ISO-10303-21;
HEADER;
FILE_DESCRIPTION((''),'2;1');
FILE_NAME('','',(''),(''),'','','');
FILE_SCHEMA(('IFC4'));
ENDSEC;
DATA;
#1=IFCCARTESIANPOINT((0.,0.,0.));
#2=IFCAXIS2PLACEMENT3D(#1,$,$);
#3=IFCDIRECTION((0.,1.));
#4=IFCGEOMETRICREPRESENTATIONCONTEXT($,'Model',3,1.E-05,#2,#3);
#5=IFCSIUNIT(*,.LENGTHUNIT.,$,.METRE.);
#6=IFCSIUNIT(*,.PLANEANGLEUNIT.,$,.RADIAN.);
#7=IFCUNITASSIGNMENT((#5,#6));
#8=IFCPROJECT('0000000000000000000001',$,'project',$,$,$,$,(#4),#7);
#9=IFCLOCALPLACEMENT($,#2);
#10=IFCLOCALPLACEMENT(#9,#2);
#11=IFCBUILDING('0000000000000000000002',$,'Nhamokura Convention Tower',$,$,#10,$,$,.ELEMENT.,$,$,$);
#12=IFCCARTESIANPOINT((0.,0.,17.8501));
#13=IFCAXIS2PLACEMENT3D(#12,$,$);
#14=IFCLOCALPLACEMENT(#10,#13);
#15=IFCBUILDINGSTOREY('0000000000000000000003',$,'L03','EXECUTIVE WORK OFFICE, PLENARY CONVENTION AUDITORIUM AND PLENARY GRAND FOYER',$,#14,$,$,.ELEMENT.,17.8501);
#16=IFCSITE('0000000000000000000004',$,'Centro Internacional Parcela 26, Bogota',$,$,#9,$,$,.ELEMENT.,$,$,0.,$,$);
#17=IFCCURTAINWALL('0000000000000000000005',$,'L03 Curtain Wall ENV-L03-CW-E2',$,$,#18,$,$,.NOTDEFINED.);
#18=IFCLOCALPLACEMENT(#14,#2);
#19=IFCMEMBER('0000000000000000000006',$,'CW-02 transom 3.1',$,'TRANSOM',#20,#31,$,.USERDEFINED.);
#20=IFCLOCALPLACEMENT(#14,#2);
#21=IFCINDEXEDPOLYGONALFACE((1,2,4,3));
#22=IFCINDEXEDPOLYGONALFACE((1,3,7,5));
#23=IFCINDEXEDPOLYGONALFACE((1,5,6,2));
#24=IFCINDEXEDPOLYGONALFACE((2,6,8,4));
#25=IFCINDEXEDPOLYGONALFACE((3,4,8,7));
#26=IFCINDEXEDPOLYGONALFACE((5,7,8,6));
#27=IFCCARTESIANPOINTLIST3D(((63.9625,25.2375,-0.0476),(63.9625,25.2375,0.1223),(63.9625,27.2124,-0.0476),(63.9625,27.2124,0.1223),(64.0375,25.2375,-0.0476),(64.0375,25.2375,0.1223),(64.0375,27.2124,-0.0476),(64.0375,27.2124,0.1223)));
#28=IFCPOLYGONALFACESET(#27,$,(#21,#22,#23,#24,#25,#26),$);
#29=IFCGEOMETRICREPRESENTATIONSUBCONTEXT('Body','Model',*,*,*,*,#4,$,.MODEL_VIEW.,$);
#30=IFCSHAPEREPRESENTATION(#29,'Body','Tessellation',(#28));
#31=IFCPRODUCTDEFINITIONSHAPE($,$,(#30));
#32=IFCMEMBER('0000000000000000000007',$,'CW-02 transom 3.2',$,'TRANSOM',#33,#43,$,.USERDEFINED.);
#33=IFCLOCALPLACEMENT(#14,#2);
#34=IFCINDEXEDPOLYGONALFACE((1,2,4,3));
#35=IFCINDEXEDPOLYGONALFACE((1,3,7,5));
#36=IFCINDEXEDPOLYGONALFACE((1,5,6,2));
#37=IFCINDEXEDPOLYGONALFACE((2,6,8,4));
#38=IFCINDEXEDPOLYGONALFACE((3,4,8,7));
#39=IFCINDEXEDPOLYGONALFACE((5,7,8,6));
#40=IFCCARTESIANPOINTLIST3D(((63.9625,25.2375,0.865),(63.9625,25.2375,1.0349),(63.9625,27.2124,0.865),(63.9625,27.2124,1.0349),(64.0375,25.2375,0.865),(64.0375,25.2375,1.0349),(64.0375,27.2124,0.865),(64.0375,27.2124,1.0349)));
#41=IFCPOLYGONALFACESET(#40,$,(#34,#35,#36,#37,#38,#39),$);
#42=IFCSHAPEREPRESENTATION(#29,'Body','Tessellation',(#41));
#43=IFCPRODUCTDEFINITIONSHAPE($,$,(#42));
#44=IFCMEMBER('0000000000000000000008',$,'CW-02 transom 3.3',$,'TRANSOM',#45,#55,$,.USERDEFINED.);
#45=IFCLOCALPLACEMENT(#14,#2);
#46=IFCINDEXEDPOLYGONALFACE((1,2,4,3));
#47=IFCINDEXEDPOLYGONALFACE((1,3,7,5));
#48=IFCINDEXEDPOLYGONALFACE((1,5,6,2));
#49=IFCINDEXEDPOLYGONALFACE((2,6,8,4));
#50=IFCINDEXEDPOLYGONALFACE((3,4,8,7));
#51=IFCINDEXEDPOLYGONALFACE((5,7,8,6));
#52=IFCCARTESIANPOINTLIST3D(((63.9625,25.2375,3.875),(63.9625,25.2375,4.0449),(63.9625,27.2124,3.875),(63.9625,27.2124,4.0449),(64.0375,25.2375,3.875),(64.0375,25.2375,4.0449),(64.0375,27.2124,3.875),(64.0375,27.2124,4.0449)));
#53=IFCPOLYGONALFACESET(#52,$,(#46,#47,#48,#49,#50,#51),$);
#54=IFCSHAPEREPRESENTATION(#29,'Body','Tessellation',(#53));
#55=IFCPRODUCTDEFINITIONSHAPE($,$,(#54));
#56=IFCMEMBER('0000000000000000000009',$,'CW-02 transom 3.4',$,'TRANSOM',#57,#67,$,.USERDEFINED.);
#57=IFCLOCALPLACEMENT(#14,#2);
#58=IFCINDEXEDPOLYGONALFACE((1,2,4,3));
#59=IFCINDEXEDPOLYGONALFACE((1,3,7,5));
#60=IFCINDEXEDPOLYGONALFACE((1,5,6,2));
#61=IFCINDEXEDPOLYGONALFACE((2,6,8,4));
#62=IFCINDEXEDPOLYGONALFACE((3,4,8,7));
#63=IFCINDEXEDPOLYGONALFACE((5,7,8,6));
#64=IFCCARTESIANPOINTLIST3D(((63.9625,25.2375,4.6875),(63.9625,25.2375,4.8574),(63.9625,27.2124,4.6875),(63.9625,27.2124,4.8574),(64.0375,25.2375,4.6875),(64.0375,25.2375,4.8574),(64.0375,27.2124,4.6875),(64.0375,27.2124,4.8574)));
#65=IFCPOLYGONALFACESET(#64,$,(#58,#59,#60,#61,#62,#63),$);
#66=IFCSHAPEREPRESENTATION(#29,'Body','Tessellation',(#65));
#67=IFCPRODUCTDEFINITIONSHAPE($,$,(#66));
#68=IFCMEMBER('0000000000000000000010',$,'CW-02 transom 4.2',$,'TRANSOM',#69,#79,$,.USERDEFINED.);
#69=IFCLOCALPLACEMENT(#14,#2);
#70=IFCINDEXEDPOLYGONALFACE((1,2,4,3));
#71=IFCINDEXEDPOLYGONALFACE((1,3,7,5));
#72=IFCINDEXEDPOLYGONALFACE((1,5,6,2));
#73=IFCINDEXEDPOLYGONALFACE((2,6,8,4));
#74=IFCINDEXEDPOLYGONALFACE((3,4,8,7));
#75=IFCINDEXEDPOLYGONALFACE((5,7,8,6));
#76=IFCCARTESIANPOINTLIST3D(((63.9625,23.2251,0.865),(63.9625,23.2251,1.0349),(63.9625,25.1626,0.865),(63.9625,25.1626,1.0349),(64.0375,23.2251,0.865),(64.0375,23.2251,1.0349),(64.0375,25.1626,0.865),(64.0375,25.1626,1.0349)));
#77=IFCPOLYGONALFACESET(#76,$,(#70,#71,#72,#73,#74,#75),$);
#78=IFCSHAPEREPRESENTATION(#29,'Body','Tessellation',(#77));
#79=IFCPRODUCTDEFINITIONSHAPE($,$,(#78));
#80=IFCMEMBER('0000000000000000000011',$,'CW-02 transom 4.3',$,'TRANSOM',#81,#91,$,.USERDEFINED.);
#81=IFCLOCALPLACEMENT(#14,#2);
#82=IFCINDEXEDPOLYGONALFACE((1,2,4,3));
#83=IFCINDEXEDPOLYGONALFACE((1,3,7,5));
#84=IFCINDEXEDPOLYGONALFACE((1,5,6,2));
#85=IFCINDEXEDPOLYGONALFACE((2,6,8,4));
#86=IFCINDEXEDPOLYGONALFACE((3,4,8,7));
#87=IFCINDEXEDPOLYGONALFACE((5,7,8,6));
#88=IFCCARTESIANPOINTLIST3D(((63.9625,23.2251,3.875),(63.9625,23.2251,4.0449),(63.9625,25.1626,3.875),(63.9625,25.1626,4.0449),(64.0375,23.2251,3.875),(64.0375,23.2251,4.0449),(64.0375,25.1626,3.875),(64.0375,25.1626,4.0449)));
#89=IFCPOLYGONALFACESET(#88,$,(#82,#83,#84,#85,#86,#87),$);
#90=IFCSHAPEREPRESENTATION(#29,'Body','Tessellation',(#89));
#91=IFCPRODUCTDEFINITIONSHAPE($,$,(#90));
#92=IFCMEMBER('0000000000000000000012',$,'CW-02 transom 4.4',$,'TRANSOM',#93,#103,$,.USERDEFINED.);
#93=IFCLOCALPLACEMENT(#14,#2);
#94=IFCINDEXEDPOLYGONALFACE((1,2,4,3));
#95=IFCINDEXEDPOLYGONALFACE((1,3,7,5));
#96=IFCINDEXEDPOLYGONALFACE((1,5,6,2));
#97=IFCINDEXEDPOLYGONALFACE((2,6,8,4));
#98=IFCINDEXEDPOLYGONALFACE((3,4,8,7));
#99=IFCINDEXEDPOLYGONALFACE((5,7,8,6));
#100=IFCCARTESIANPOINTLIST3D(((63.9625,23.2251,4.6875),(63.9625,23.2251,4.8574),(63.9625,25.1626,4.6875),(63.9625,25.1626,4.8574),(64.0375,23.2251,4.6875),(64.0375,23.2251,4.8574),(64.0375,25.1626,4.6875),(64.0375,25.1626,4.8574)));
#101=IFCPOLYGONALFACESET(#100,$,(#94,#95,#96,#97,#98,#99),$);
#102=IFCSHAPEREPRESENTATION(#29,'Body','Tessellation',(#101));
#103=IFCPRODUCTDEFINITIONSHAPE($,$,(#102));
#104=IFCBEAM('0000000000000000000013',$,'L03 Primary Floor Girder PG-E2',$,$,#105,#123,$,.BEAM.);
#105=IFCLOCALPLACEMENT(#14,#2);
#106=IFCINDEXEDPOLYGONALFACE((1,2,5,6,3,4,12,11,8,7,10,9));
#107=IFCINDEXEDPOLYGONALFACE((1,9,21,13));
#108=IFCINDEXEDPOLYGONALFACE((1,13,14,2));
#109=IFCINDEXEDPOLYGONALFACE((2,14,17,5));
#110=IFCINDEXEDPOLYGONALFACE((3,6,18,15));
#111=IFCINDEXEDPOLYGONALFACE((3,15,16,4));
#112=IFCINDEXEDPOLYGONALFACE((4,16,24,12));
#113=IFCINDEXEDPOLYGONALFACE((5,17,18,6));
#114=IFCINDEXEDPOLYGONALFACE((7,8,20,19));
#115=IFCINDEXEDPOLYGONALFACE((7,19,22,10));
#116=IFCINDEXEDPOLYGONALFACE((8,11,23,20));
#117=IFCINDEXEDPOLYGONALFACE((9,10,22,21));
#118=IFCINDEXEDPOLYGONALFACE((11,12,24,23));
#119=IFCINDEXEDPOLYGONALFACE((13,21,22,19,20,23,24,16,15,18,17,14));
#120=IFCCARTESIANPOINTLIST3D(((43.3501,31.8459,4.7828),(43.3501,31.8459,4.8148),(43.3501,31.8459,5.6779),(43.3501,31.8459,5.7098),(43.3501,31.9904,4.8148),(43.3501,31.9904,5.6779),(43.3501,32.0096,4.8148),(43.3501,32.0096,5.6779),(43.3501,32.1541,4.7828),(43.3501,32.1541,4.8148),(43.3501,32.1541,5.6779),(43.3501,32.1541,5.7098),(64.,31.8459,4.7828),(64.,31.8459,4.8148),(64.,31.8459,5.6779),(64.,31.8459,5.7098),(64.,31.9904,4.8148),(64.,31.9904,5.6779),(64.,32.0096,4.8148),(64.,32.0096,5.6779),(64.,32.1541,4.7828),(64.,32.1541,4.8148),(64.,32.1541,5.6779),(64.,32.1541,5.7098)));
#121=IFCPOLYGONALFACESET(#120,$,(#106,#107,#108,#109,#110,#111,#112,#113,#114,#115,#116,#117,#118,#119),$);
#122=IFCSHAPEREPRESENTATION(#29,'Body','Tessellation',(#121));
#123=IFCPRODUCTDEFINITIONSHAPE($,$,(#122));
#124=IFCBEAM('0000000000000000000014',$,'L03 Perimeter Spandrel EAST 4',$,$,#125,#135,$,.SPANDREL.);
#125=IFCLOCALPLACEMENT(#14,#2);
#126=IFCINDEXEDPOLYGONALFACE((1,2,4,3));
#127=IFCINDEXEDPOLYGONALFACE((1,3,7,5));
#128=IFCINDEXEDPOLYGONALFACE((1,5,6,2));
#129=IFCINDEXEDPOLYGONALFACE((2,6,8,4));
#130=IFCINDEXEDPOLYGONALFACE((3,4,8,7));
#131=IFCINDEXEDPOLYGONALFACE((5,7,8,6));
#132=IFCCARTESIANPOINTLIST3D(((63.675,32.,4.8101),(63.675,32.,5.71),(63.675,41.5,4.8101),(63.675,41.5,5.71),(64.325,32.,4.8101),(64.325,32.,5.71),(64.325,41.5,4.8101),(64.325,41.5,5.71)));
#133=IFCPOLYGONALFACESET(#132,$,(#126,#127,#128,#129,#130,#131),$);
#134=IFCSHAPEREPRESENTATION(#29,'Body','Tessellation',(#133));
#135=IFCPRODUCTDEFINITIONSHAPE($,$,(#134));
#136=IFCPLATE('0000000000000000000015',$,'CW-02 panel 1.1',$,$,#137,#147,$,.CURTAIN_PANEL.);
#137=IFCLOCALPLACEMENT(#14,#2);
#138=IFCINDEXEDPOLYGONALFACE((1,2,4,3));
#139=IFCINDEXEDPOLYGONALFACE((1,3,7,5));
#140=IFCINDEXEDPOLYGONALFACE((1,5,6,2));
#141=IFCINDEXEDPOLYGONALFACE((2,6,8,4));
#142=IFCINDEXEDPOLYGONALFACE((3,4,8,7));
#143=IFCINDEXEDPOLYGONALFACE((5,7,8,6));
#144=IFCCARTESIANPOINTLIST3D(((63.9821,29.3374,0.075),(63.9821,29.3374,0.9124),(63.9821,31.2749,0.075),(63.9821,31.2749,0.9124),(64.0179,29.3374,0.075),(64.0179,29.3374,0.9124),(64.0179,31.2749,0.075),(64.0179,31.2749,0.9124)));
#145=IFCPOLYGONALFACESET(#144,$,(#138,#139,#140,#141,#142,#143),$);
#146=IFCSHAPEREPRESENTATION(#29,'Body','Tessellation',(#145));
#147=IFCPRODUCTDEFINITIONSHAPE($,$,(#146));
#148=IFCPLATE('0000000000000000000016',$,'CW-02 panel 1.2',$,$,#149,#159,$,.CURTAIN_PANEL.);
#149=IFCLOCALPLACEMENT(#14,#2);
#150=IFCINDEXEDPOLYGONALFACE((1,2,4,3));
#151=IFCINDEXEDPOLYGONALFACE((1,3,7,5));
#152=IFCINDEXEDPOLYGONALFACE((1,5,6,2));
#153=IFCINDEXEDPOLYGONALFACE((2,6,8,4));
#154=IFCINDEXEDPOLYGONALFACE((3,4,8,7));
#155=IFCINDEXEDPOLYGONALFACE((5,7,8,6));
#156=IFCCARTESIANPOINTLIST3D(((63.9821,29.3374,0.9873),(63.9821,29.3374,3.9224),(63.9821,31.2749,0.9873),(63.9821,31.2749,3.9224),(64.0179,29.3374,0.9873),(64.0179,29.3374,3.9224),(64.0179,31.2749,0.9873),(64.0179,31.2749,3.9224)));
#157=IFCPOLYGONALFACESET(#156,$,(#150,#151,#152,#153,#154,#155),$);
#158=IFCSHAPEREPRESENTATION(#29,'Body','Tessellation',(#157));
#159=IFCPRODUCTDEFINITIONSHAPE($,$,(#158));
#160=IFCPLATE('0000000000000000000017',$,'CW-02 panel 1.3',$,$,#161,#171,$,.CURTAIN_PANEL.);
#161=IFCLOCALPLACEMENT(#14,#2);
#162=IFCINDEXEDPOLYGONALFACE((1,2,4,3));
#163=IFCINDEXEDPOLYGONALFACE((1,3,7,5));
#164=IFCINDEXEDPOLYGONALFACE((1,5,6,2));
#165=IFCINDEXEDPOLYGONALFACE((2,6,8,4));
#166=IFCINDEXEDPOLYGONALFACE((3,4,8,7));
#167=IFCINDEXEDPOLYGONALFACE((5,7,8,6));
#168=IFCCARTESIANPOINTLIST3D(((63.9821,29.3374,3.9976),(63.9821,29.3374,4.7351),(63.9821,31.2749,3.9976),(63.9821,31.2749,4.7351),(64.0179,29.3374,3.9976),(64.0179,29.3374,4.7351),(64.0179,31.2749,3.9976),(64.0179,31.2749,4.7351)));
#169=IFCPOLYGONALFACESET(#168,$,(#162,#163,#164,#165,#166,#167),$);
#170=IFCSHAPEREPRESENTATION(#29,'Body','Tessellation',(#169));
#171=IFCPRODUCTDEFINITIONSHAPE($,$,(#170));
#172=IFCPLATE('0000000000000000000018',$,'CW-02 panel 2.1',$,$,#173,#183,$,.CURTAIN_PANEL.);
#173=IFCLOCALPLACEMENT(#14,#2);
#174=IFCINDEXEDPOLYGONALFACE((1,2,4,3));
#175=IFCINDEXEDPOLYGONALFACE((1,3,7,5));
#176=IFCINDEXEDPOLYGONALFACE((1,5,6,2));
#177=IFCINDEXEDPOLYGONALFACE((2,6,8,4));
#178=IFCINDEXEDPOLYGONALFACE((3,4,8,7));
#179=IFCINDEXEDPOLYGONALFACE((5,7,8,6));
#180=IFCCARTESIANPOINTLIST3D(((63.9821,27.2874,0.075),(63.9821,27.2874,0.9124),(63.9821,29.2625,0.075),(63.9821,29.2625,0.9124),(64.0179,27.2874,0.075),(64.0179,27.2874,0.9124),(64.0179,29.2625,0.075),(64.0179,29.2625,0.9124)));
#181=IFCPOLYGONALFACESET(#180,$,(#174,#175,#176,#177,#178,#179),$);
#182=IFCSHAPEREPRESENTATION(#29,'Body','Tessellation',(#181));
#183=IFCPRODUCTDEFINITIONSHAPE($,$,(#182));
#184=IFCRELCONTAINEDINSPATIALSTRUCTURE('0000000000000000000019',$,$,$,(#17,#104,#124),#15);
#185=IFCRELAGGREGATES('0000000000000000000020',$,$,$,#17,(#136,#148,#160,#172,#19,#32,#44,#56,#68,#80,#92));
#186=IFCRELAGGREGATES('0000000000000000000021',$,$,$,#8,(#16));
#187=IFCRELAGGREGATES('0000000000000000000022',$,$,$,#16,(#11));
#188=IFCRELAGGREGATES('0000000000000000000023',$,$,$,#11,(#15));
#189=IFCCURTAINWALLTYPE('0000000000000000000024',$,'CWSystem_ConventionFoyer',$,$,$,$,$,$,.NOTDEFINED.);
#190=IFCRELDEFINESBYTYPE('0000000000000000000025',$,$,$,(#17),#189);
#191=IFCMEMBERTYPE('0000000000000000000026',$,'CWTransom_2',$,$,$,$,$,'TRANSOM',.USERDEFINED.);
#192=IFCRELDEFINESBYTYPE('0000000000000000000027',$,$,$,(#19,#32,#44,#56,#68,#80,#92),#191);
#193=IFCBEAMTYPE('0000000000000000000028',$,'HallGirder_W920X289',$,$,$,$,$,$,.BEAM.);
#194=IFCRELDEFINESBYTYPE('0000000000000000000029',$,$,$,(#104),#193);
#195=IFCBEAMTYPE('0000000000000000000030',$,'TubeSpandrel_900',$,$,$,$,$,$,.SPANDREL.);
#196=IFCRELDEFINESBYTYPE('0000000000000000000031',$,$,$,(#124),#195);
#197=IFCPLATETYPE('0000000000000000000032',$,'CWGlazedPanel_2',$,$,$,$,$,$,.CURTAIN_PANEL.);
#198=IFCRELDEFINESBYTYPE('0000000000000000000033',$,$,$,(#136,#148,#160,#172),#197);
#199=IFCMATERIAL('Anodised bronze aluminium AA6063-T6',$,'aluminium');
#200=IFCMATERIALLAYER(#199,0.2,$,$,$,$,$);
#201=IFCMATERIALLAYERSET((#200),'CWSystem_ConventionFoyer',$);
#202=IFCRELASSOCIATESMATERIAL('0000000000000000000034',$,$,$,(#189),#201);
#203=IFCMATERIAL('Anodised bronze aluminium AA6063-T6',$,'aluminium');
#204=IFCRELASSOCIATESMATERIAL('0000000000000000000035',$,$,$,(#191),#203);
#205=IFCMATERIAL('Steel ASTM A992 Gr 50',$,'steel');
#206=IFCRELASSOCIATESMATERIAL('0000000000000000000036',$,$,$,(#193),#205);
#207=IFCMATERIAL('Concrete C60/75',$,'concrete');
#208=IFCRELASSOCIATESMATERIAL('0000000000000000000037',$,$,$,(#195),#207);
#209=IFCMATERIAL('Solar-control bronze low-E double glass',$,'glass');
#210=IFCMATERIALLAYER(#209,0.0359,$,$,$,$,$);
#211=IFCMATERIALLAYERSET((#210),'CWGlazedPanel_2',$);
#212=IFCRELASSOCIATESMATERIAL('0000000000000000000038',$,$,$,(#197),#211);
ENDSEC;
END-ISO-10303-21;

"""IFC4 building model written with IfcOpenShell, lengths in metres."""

from ifc_helpers import new_model, si_unit, direction, frame, origin, origin_2d, place, context, subcontext, project, spatial, rectangle, i_section, extrude, material, layer, layer_set, material_profile, profile_set, type_object, element, aggregate, save


model = new_model("IFC4")

# Units and contexts
model_context = context("Model", 3, precision=1e-05, world=origin(), true_north=direction((0.0, 1.0)))
body_context = subcontext(model_context, "Body", "Model", "MODEL_VIEW")
ifc_project = project(units=[si_unit("LENGTHUNIT", "METRE"), si_unit("PLANEANGLEUNIT", "RADIAN")], contexts=[model_context])

# Site, building, storey
site_placement = place(None, origin())
site = spatial("IfcSite", under=ifc_project, at=site_placement, Name="Centro Internacional Parcela 26, Bogota", CompositionType="ELEMENT", RefElevation=0.0)
building_placement = place(site_placement, origin())
building = spatial("IfcBuilding", under=site, at=building_placement, Name="Nhamokura Convention Tower", CompositionType="ELEMENT")
storey_placement = place(building_placement, frame((0.0, 0.0, 17.8501)))
storey = spatial("IfcBuildingStorey", under=building, at=storey_placement, Name="L03", Description="EXECUTIVE WORK OFFICE, PLENARY CONVENTION AUDITORIUM AND PLENARY GRAND FOYER", CompositionType="ELEMENT", Elevation=17.8501)

# Curtain wall, members
ifc_material_1 = material(Name="Anodised bronze aluminium AA6063-T6", Category="aluminium")
ifc_layer_1 = layer(ifc_material_1, 0.2)
ifc_layer_set_1 = layer_set([ifc_layer_1], Name="CWSystem_ConventionFoyer")
curtain_wall_type = type_object("IfcCurtainWallType", Name="CWSystem_ConventionFoyer", PredefinedType="NOTDEFINED", material=ifc_layer_set_1)
curtain_wall_placement = place(storey_placement, origin())
curtain_wall = element("IfcCurtainWall", 1, at=curtain_wall_placement, inside=storey, type_object=curtain_wall_type, Name="L03 Curtain Wall ENV-L03-CW-E2", PredefinedType="NOTDEFINED")
ifc_material_2 = material(Name="Anodised bronze aluminium AA6063-T6", Category="aluminium")
ifc_material_profile_1 = material_profile(ifc_material_2, rectangle(XDim=0.075, YDim=0.1699, at=origin_2d()))
ifc_profile_set_1 = profile_set([ifc_material_profile_1], Name="Anodised bronze aluminium AA6063-T6")
member_type_1 = type_object("IfcMemberType", Name="CWTransom_2", ElementType="TRANSOM", PredefinedType="USERDEFINED", material=ifc_profile_set_1)
member_1_placement = place(storey_placement, frame((64.0, 27.2124, 0.0374), z_axis=(0.0, -1.0, 0.0), x_axis=(1.0, 0.0, 0.0)))
member_1 = element("IfcMember", 2, at=member_1_placement, type_object=member_type_1, Name="CW-02 transom 3.1", ObjectType="TRANSOM", PredefinedType="USERDEFINED", context=body_context, shape_type="SweptSolid", body=[
    extrude(rectangle(XDim=0.075, YDim=0.1699, at=origin_2d()), origin(), (0.0, 0.0, 1.0), 1.9749),
])
member_2_placement = place(storey_placement, frame((64.0, 27.2124, 0.95), z_axis=(0.0, -1.0, 0.0), x_axis=(1.0, 0.0, 0.0)))
member_2 = element("IfcMember", 3, at=member_2_placement, type_object=member_type_1, Name="CW-02 transom 3.2", ObjectType="TRANSOM", PredefinedType="USERDEFINED", context=body_context, shape_type="SweptSolid", body=[
    extrude(rectangle(XDim=0.075, YDim=0.1699, at=origin_2d()), origin(), (0.0, 0.0, 1.0), 1.9749),
])
member_3_placement = place(storey_placement, frame((64.0, 27.2124, 3.96), z_axis=(0.0, -1.0, 0.0), x_axis=(1.0, 0.0, 0.0)))
member_3 = element("IfcMember", 4, at=member_3_placement, type_object=member_type_1, Name="CW-02 transom 3.3", ObjectType="TRANSOM", PredefinedType="USERDEFINED", context=body_context, shape_type="SweptSolid", body=[
    extrude(rectangle(XDim=0.075, YDim=0.1699, at=origin_2d()), origin(), (0.0, 0.0, 1.0), 1.9749),
])
member_4_placement = place(storey_placement, frame((64.0, 27.2124, 4.7725), z_axis=(0.0, -1.0, 0.0), x_axis=(1.0, 0.0, 0.0)))
member_4 = element("IfcMember", 5, at=member_4_placement, type_object=member_type_1, Name="CW-02 transom 3.4", ObjectType="TRANSOM", PredefinedType="USERDEFINED", context=body_context, shape_type="SweptSolid", body=[
    extrude(rectangle(XDim=0.075, YDim=0.1699, at=origin_2d()), origin(), (0.0, 0.0, 1.0), 1.9749),
])
member_5_placement = place(storey_placement, frame((64.0, 25.1626, 0.95), z_axis=(0.0, -1.0, 0.0), x_axis=(1.0, 0.0, 0.0)))
member_5 = element("IfcMember", 6, at=member_5_placement, type_object=member_type_1, Name="CW-02 transom 4.2", ObjectType="TRANSOM", PredefinedType="USERDEFINED", context=body_context, shape_type="SweptSolid", body=[
    extrude(rectangle(XDim=0.075, YDim=0.1699, at=origin_2d()), origin(), (0.0, 0.0, 1.0), 1.9375),
])
member_6_placement = place(storey_placement, frame((64.0, 25.1626, 3.96), z_axis=(0.0, -1.0, 0.0), x_axis=(1.0, 0.0, 0.0)))
member_6 = element("IfcMember", 7, at=member_6_placement, type_object=member_type_1, Name="CW-02 transom 4.3", ObjectType="TRANSOM", PredefinedType="USERDEFINED", context=body_context, shape_type="SweptSolid", body=[
    extrude(rectangle(XDim=0.075, YDim=0.1699, at=origin_2d()), origin(), (0.0, 0.0, 1.0), 1.9375),
])
member_7_placement = place(storey_placement, frame((64.0, 25.1626, 4.7725), z_axis=(0.0, -1.0, 0.0), x_axis=(1.0, 0.0, 0.0)))
member_7 = element("IfcMember", 8, at=member_7_placement, type_object=member_type_1, Name="CW-02 transom 4.4", ObjectType="TRANSOM", PredefinedType="USERDEFINED", context=body_context, shape_type="SweptSolid", body=[
    extrude(rectangle(XDim=0.075, YDim=0.1699, at=origin_2d()), origin(), (0.0, 0.0, 1.0), 1.9375),
])

# Beams
ifc_material_3 = material(Name="Steel ASTM A992 Gr 50", Category="steel")
ifc_material_profile_2 = material_profile(ifc_material_3, i_section(OverallWidth=0.3081, OverallDepth=0.927, WebThickness=0.0193, FlangeThickness=0.032, at=origin_2d()))
ifc_profile_set_2 = profile_set([ifc_material_profile_2], Name="Steel ASTM A992 Gr 50")
beam_type_1 = type_object("IfcBeamType", Name="HallGirder_W920X289", PredefinedType="BEAM", material=ifc_profile_set_2)
beam_1_placement = place(storey_placement, frame((43.3501, 32.0, 5.2463), z_axis=(1.0, 0.0, 0.0), x_axis=(0.0, 1.0, 0.0)))
element("IfcBeam", 9, at=beam_1_placement, inside=storey, type_object=beam_type_1, Name="L03 Primary Floor Girder PG-E2", PredefinedType="BEAM", context=body_context, shape_type="SweptSolid", body=[
    extrude(i_section(OverallWidth=0.3081, OverallDepth=0.927, WebThickness=0.0193, FlangeThickness=0.032, at=origin_2d()), origin(), (0.0, 0.0, 1.0), 20.6499),
])
ifc_material_4 = material(Name="Concrete C60/75", Category="concrete")
ifc_material_profile_3 = material_profile(ifc_material_4, rectangle(XDim=0.6499, YDim=0.8999, at=origin_2d()))
ifc_profile_set_3 = profile_set([ifc_material_profile_3], Name="Concrete C60/75")
beam_type_2 = type_object("IfcBeamType", Name="TubeSpandrel_900", PredefinedType="SPANDREL", material=ifc_profile_set_3)
beam_2_placement = place(storey_placement, frame((64.0, 32.0, 5.26), z_axis=(0.0, 1.0, 0.0), x_axis=(-1.0, 0.0, 0.0)))
element("IfcBeam", 10, at=beam_2_placement, inside=storey, type_object=beam_type_2, Name="L03 Perimeter Spandrel EAST 4", PredefinedType="SPANDREL", context=body_context, shape_type="SweptSolid", body=[
    extrude(rectangle(XDim=0.6499, YDim=0.8999, at=origin_2d()), origin(), (0.0, 0.0, 1.0), 9.5),
])

# Plates
ifc_material_5 = material(Name="Solar-control bronze low-E double glass", Category="glass")
ifc_layer_2 = layer(ifc_material_5, 0.0359)
ifc_layer_set_2 = layer_set([ifc_layer_2], Name="CWGlazedPanel_2")
plate_type = type_object("IfcPlateType", Name="CWGlazedPanel_2", PredefinedType="CURTAIN_PANEL", material=ifc_layer_set_2)
plate_1_placement = place(storey_placement, frame((64.0, 30.3062, 0.075), z_axis=(0.0, 0.0, 1.0), x_axis=(0.0, -1.0, 0.0)))
plate_1 = element("IfcPlate", 11, at=plate_1_placement, type_object=plate_type, Name="CW-02 panel 1.1", PredefinedType="CURTAIN_PANEL", context=body_context, shape_type="SweptSolid", body=[
    extrude(rectangle(XDim=1.9375, YDim=0.0359, at=origin_2d()), origin(), (0.0, 0.0, 1.0), 0.8374),
])
plate_2_placement = place(storey_placement, frame((64.0, 30.3062, 0.9873), z_axis=(0.0, 0.0, 1.0), x_axis=(0.0, -1.0, 0.0)))
plate_2 = element("IfcPlate", 12, at=plate_2_placement, type_object=plate_type, Name="CW-02 panel 1.2", PredefinedType="CURTAIN_PANEL", context=body_context, shape_type="SweptSolid", body=[
    extrude(rectangle(XDim=1.9375, YDim=0.0359, at=origin_2d()), origin(), (0.0, 0.0, 1.0), 2.9351),
])
plate_3_placement = place(storey_placement, frame((64.0, 30.3062, 3.9976), z_axis=(0.0, 0.0, 1.0), x_axis=(0.0, -1.0, 0.0)))
plate_3 = element("IfcPlate", 13, at=plate_3_placement, type_object=plate_type, Name="CW-02 panel 1.3", PredefinedType="CURTAIN_PANEL", context=body_context, shape_type="SweptSolid", body=[
    extrude(rectangle(XDim=1.9375, YDim=0.0359, at=origin_2d()), origin(), (0.0, 0.0, 1.0), 0.7375),
])
plate_4_placement = place(storey_placement, frame((64.0, 28.2749, 0.075), z_axis=(0.0, 0.0, 1.0), x_axis=(0.0, -1.0, 0.0)))
plate_4 = element("IfcPlate", 14, at=plate_4_placement, type_object=plate_type, Name="CW-02 panel 2.1", PredefinedType="CURTAIN_PANEL", context=body_context, shape_type="SweptSolid", body=[
    extrude(rectangle(XDim=1.9751, YDim=0.0359, at=origin_2d()), origin(), (0.0, 0.0, 1.0), 0.8374),
])
aggregate(curtain_wall, [plate_1, plate_2, plate_3, plate_4, member_1, member_2, member_3, member_4, member_5, member_6, member_7])

save(model, "model.ifc")
